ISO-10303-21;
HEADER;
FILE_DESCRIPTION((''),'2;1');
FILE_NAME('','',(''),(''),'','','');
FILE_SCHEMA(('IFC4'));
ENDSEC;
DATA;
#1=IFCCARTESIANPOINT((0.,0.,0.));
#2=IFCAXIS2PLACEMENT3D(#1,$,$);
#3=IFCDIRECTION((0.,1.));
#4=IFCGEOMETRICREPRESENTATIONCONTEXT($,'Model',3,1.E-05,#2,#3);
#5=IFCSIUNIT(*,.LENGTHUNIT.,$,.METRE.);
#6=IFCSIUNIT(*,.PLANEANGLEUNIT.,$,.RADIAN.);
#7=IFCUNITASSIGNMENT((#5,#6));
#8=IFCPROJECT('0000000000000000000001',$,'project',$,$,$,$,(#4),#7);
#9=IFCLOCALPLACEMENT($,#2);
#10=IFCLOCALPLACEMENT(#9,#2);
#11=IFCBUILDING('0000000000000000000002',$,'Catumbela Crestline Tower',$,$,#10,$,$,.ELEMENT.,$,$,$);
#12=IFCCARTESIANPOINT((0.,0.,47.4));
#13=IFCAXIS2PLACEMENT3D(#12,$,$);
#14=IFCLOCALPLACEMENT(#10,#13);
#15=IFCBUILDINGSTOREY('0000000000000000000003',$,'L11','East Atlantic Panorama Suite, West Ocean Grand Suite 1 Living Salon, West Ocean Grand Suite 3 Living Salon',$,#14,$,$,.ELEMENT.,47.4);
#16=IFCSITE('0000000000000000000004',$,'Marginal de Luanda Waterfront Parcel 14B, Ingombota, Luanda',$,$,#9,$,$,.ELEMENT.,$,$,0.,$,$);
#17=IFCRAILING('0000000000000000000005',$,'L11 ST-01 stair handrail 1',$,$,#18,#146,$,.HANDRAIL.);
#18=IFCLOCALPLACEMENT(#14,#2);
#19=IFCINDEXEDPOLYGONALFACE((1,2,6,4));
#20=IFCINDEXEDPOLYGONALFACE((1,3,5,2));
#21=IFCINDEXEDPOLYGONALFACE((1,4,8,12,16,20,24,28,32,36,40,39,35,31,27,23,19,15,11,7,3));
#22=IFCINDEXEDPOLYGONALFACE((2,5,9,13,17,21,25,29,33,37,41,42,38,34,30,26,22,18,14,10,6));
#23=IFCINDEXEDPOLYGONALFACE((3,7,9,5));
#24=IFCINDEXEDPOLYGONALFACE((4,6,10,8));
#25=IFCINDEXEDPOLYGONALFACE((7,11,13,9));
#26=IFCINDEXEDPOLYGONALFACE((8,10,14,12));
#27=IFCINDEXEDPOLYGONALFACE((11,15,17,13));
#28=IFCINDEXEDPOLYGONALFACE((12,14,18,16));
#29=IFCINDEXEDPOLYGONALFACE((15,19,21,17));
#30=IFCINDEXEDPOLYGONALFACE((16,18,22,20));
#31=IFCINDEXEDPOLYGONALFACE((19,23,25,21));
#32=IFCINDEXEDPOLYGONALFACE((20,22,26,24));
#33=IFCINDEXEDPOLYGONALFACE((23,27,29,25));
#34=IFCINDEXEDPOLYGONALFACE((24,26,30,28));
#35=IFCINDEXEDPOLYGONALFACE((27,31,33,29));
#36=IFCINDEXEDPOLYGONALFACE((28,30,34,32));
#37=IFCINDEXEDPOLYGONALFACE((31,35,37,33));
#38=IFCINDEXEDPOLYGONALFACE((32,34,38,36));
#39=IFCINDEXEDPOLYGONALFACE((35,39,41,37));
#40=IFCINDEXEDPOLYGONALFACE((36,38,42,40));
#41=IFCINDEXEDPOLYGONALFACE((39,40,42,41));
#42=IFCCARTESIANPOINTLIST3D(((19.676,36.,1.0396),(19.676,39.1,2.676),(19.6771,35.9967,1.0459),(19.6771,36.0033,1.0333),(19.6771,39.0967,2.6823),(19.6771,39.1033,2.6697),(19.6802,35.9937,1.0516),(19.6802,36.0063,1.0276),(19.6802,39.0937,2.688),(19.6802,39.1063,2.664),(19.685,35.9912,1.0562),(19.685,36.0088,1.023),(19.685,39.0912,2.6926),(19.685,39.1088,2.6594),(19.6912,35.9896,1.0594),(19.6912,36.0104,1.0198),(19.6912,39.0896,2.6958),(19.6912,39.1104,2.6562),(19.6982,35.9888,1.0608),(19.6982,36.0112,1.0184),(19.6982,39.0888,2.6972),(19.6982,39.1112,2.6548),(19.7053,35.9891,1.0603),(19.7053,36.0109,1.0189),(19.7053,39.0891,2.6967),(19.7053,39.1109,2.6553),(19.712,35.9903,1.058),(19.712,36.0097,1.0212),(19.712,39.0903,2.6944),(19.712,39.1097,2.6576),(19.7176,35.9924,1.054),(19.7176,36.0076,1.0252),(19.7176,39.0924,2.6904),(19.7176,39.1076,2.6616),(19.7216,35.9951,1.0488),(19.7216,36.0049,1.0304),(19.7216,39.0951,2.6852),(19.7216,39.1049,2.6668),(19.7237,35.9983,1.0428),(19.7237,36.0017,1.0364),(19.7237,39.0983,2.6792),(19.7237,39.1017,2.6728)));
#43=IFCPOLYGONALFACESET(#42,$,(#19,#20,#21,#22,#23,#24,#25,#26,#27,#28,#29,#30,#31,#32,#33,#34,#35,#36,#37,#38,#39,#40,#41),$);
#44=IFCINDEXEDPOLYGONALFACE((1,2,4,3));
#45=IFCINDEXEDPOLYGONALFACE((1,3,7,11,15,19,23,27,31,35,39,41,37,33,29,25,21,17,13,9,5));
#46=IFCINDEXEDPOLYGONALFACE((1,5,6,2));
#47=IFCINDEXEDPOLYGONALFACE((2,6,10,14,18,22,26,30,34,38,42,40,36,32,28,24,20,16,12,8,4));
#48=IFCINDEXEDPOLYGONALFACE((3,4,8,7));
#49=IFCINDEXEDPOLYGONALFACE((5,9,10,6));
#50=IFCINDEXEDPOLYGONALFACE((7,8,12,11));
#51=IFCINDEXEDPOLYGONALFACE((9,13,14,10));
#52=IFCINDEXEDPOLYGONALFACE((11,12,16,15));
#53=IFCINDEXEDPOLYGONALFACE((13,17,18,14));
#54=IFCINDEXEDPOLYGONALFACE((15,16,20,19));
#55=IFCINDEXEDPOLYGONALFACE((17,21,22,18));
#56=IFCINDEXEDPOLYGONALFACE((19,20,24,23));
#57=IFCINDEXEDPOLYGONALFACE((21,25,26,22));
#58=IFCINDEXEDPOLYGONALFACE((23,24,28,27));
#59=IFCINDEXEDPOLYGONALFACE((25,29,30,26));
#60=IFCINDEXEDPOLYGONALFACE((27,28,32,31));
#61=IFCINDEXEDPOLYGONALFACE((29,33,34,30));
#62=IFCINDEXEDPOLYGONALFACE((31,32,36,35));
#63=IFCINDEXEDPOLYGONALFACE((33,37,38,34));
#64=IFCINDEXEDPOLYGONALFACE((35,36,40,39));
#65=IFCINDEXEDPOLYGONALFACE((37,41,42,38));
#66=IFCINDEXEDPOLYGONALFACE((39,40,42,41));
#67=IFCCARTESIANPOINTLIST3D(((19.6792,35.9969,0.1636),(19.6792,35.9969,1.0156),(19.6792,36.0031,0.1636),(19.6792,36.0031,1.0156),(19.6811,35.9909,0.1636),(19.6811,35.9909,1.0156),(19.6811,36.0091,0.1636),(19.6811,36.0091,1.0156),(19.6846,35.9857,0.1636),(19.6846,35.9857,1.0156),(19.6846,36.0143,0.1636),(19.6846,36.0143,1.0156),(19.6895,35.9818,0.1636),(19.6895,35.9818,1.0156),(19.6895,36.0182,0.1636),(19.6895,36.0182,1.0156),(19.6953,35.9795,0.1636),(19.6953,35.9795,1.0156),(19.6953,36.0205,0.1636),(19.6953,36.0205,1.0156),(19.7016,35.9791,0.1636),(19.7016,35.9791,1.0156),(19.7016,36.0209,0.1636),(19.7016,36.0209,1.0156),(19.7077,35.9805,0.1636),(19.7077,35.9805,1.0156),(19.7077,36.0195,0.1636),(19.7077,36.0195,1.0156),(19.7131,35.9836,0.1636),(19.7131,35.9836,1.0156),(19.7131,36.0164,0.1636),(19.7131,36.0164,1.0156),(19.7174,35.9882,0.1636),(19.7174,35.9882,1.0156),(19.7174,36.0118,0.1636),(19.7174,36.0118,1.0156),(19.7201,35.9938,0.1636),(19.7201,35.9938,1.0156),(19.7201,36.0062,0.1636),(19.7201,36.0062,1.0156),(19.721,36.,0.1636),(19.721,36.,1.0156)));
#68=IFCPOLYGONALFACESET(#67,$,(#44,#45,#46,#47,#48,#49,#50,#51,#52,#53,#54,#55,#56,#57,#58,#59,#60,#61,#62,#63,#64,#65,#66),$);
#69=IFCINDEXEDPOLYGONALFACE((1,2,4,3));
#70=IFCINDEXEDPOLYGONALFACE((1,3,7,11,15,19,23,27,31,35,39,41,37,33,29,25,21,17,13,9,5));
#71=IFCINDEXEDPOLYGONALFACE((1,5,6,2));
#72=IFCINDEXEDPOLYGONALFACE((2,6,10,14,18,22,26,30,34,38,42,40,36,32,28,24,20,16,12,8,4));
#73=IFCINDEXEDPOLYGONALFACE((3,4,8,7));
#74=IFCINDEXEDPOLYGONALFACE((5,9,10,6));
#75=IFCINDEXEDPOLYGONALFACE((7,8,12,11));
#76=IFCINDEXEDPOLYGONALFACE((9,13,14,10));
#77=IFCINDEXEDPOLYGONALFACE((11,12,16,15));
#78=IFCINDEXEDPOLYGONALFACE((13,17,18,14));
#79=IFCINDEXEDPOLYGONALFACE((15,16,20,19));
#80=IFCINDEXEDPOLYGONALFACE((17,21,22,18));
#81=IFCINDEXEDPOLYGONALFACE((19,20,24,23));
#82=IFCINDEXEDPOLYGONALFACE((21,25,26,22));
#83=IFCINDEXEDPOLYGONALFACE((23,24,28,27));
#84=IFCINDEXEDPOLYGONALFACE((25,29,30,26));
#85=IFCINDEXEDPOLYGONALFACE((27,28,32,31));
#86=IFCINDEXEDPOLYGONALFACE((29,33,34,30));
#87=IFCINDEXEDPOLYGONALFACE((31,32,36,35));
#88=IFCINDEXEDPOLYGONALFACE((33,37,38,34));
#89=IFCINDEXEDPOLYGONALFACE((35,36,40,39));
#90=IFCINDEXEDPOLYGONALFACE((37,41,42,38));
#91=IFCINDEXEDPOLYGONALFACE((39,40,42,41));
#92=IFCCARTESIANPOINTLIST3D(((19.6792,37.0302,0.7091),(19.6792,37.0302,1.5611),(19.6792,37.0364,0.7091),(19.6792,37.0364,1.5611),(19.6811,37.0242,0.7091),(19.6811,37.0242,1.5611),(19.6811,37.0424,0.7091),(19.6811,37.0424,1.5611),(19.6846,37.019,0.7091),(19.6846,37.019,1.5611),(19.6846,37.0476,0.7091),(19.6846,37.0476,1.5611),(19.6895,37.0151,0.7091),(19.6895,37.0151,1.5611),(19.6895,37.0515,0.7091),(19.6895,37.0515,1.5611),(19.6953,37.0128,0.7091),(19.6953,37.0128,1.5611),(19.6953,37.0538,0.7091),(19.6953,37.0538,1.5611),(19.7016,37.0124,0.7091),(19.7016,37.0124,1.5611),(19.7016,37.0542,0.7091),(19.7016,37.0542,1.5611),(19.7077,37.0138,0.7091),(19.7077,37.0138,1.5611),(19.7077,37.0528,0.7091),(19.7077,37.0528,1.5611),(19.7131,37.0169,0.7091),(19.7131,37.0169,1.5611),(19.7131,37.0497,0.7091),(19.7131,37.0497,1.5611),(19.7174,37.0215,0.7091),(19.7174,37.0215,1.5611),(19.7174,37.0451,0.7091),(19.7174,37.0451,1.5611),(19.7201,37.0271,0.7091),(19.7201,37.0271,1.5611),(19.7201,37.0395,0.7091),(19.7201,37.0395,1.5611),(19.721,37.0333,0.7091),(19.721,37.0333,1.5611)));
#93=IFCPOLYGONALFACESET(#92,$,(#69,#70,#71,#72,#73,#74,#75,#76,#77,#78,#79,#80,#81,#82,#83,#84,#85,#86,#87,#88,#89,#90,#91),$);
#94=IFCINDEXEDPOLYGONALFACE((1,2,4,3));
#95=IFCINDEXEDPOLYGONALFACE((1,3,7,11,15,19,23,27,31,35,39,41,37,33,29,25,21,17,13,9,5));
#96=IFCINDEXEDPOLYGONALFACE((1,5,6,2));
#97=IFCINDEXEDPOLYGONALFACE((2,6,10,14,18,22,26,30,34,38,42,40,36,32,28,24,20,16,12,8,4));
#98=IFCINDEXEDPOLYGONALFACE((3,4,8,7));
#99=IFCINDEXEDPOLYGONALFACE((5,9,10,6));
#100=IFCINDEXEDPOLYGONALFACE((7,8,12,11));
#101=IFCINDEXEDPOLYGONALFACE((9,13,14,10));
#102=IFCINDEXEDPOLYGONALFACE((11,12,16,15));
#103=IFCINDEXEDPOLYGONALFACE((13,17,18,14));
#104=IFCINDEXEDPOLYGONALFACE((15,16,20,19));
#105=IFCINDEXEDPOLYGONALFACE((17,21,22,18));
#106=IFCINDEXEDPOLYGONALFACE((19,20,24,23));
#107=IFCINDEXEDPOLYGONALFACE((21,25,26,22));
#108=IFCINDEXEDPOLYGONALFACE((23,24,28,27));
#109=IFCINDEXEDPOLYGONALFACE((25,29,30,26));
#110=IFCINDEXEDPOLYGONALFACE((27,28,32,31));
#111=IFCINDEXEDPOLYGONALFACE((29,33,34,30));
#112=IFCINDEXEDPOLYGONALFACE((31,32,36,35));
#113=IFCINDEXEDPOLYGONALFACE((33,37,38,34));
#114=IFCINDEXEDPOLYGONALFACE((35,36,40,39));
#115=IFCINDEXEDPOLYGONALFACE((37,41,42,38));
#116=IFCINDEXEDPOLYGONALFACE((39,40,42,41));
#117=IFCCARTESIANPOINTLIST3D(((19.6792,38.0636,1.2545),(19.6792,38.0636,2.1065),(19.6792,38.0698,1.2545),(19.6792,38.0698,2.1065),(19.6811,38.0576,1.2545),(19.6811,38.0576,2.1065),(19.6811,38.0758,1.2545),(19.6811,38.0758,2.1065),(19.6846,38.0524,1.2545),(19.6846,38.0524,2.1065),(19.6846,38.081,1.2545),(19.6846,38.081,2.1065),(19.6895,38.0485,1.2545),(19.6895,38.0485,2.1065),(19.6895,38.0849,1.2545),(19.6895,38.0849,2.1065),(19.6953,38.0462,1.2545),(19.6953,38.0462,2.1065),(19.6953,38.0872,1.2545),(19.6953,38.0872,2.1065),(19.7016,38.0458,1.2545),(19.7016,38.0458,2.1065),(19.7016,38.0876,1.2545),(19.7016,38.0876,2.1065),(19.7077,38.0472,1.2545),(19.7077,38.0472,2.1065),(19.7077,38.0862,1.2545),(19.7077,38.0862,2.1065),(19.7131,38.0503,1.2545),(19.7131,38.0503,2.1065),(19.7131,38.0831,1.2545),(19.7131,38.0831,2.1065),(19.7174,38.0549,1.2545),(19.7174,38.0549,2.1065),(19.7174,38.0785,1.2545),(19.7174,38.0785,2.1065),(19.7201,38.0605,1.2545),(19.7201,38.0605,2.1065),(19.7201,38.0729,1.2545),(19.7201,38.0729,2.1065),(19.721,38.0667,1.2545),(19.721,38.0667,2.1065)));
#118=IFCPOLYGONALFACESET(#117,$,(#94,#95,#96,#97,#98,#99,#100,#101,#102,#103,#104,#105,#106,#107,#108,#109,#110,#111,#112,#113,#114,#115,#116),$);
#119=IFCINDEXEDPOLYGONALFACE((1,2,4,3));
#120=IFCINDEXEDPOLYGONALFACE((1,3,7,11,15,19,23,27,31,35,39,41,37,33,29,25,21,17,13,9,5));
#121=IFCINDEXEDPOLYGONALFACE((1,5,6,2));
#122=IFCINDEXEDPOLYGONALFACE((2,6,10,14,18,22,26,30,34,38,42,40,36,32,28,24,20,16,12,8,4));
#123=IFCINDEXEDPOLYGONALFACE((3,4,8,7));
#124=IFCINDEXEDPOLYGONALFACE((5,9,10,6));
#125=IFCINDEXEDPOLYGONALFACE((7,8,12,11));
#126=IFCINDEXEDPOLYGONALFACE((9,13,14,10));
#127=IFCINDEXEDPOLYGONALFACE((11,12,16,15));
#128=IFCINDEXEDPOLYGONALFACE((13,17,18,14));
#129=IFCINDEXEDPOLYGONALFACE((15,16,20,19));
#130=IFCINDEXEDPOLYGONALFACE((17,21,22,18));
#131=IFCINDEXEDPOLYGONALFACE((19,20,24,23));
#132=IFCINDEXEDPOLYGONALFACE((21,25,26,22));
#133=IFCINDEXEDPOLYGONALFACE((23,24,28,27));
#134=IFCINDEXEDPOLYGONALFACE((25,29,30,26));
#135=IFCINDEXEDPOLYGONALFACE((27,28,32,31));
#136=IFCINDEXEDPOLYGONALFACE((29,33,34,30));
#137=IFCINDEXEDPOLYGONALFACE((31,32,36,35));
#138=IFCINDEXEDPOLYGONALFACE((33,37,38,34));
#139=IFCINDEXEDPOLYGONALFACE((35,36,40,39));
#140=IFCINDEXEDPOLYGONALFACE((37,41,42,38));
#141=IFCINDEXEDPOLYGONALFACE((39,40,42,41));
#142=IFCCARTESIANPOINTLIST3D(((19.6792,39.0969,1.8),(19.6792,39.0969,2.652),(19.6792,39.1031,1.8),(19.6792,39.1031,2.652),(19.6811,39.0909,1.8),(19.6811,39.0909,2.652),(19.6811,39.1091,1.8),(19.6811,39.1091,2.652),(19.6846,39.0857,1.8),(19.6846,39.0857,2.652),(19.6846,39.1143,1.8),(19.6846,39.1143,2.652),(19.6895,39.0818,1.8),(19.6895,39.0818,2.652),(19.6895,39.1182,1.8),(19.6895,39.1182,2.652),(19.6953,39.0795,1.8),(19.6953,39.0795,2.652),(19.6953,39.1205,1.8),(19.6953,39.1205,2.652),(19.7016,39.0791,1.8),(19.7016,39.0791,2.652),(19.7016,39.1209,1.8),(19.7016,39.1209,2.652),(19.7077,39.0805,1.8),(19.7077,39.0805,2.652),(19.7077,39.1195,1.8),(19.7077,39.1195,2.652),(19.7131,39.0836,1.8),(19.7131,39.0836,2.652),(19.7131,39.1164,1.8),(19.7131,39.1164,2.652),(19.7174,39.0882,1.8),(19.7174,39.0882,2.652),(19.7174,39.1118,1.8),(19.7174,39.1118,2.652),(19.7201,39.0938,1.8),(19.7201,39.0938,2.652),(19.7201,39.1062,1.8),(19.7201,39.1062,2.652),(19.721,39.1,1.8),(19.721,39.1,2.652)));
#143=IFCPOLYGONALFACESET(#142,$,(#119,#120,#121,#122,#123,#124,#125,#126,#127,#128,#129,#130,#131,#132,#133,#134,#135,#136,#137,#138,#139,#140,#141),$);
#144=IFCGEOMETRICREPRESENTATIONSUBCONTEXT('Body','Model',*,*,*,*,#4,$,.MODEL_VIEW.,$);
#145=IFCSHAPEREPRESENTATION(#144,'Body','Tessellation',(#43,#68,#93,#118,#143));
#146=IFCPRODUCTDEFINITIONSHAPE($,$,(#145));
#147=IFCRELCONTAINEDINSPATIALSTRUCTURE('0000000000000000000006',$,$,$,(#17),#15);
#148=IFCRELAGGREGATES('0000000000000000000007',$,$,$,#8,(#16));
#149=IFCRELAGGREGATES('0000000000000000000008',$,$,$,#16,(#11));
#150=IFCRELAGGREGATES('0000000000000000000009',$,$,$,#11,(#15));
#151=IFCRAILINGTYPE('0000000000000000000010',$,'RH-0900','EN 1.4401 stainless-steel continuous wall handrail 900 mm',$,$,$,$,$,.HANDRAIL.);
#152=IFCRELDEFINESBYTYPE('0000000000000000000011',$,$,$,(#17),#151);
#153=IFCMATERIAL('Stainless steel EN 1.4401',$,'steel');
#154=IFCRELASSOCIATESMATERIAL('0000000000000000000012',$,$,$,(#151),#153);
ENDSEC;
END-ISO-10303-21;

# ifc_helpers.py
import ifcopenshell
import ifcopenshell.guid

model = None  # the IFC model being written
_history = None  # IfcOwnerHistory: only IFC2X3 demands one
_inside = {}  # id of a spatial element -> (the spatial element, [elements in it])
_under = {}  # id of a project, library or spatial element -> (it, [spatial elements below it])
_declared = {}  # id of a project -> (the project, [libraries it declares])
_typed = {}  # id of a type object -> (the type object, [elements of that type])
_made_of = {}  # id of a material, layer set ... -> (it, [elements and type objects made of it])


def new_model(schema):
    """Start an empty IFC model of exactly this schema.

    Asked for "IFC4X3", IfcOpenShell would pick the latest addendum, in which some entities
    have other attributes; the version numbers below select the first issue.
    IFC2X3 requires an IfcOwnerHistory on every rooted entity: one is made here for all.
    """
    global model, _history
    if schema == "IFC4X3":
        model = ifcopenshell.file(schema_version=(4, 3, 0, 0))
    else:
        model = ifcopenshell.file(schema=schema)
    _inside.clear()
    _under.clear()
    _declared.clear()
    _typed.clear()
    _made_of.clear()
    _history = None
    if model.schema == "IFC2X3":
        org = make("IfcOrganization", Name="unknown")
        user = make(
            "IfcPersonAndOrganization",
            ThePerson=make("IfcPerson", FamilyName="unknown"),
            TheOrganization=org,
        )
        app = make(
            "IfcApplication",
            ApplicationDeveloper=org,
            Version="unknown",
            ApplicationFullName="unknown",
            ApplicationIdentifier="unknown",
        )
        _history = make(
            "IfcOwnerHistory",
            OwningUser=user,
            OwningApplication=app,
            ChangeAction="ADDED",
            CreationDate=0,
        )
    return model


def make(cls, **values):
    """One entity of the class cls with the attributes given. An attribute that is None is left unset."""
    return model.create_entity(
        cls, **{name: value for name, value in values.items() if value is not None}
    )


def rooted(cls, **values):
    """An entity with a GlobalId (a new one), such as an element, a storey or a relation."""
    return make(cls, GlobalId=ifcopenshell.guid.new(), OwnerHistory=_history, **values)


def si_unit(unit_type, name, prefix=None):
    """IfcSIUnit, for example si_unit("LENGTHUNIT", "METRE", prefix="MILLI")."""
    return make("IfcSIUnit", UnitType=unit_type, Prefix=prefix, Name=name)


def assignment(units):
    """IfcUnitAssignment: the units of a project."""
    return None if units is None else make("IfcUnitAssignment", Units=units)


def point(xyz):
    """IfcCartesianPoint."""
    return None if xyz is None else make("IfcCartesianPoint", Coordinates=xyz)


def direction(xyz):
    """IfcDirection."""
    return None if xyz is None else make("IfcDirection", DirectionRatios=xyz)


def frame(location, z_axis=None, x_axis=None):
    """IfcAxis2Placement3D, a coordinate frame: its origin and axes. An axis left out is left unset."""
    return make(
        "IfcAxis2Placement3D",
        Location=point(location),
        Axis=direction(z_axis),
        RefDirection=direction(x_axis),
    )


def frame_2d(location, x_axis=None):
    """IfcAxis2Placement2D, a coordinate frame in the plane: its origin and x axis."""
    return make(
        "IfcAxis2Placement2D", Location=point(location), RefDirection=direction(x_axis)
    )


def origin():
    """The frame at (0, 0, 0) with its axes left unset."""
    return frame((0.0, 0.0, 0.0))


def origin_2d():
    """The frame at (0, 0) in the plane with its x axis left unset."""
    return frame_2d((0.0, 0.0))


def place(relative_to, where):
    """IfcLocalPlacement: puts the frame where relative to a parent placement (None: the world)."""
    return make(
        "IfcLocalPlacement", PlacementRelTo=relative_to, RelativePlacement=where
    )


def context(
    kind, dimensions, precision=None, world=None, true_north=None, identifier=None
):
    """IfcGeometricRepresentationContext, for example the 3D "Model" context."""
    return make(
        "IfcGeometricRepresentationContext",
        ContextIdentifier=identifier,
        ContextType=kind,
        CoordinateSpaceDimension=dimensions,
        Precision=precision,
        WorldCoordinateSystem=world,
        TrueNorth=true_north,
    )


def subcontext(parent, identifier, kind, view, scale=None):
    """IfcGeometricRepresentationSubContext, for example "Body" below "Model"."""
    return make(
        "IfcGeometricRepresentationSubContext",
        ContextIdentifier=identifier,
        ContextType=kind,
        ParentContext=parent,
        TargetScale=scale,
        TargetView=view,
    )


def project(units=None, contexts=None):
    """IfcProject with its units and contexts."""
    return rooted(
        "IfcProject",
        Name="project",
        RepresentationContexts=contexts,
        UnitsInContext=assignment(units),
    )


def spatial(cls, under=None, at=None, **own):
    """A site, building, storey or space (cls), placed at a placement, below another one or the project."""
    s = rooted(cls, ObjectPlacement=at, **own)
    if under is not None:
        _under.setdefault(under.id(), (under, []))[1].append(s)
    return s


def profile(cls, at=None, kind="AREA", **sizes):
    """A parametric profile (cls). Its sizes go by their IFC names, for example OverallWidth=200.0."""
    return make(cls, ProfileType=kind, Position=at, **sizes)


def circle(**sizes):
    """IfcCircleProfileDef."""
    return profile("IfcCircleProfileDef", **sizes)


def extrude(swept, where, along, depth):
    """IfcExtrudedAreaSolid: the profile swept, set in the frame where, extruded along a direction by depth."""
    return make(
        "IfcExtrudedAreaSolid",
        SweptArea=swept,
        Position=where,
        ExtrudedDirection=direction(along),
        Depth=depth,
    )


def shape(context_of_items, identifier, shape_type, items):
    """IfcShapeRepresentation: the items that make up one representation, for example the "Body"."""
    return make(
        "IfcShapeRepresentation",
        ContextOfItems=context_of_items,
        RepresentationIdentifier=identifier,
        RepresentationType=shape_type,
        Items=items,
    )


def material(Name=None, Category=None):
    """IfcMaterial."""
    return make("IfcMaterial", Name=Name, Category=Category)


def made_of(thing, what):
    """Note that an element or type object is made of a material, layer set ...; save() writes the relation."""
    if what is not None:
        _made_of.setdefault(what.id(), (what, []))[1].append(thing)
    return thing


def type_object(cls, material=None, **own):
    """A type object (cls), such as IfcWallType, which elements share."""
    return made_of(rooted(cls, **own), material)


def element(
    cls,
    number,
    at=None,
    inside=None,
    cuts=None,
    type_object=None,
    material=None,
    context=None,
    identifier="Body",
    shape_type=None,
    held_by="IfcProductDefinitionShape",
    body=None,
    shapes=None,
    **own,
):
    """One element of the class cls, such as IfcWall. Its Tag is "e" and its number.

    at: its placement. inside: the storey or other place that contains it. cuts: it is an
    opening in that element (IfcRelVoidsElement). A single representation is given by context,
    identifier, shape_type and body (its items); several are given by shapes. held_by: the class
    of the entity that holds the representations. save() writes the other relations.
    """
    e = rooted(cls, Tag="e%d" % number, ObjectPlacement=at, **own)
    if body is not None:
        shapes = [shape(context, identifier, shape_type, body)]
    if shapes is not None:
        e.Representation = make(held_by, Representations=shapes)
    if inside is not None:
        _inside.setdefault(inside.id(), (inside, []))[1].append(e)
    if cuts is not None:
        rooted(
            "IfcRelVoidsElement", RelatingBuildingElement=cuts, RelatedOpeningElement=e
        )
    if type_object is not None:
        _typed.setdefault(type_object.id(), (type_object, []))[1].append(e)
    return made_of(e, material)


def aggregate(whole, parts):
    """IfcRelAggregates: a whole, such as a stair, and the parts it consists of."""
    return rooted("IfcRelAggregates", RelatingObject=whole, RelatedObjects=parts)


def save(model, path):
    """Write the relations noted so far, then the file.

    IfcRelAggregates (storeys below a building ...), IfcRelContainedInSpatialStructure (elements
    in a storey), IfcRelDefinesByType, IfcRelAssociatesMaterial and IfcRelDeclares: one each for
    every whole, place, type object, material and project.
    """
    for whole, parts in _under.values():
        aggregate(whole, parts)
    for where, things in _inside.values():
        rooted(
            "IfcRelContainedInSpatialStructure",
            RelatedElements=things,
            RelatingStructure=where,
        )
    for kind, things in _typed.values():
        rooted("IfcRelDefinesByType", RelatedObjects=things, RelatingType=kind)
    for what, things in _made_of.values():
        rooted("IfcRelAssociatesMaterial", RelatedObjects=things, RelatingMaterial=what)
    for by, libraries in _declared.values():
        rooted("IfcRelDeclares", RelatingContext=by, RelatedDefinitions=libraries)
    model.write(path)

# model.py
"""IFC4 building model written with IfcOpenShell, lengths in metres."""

from ifc_helpers import new_model, si_unit, direction, frame, origin, origin_2d, place, context, subcontext, project, spatial, circle, extrude, material, type_object, element, save


model = new_model("IFC4")

# Units and contexts
model_context = context("Model", 3, precision=1e-05, world=origin(), true_north=direction((0.0, 1.0)))
body_context = subcontext(model_context, "Body", "Model", "MODEL_VIEW")
ifc_project = project(units=[si_unit("LENGTHUNIT", "METRE"), si_unit("PLANEANGLEUNIT", "RADIAN")], contexts=[model_context])

# Site, building, storey
site_placement = place(None, origin())
site = spatial("IfcSite", under=ifc_project, at=site_placement, Name="Marginal de Luanda Waterfront Parcel 14B, Ingombota, Luanda", CompositionType="ELEMENT", RefElevation=0.0)
building_placement = place(site_placement, origin())
building = spatial("IfcBuilding", under=site, at=building_placement, Name="Catumbela Crestline Tower", CompositionType="ELEMENT")
storey_placement = place(building_placement, frame((0.0, 0.0, 47.4)))
storey = spatial("IfcBuildingStorey", under=building, at=storey_placement, Name="L11", Description="East Atlantic Panorama Suite, West Ocean Grand Suite 1 Living Salon, West Ocean Grand Suite 3 Living Salon", CompositionType="ELEMENT", Elevation=47.4)

# Railing
ifc_material_1 = material(Name="Stainless steel EN 1.4401", Category="steel")
railing_type_1 = type_object("IfcRailingType", Name="RH-0900", Description="EN 1.4401 stainless-steel continuous wall handrail 900 mm", PredefinedType="HANDRAIL", material=ifc_material_1)
railing_1_placement = place(storey_placement, frame((19.7, 36.0, 0.1636)))
element("IfcRailing", 1, at=railing_1_placement, inside=storey, type_object=railing_type_1, Name="L11 ST-01 stair handrail 1", PredefinedType="HANDRAIL", context=body_context, shape_type="SweptSolid", body=[
    extrude(circle(Radius=0.024, at=origin_2d()), frame((0.0, 0.0, 0.876), z_axis=(0.0, 0.884351, 0.466823), x_axis=(-1.0, 0.0, 0.0)), (0.0, 0.0, 1.0), 3.5054),
    extrude(circle(Radius=0.021, at=origin_2d()), origin(), (0.0, 0.0, 1.0), 0.852),
    extrude(circle(Radius=0.021, at=origin_2d()), frame((0.0, 1.0333, 0.5455)), (0.0, 0.0, 1.0), 0.852),
    extrude(circle(Radius=0.021, at=origin_2d()), frame((0.0, 2.0667, 1.0909)), (0.0, 0.0, 1.0), 0.852),
    extrude(circle(Radius=0.021, at=origin_2d()), frame((0.0, 3.1, 1.6364)), (0.0, 0.0, 1.0), 0.852),
])

save(model, "model.ifc")
